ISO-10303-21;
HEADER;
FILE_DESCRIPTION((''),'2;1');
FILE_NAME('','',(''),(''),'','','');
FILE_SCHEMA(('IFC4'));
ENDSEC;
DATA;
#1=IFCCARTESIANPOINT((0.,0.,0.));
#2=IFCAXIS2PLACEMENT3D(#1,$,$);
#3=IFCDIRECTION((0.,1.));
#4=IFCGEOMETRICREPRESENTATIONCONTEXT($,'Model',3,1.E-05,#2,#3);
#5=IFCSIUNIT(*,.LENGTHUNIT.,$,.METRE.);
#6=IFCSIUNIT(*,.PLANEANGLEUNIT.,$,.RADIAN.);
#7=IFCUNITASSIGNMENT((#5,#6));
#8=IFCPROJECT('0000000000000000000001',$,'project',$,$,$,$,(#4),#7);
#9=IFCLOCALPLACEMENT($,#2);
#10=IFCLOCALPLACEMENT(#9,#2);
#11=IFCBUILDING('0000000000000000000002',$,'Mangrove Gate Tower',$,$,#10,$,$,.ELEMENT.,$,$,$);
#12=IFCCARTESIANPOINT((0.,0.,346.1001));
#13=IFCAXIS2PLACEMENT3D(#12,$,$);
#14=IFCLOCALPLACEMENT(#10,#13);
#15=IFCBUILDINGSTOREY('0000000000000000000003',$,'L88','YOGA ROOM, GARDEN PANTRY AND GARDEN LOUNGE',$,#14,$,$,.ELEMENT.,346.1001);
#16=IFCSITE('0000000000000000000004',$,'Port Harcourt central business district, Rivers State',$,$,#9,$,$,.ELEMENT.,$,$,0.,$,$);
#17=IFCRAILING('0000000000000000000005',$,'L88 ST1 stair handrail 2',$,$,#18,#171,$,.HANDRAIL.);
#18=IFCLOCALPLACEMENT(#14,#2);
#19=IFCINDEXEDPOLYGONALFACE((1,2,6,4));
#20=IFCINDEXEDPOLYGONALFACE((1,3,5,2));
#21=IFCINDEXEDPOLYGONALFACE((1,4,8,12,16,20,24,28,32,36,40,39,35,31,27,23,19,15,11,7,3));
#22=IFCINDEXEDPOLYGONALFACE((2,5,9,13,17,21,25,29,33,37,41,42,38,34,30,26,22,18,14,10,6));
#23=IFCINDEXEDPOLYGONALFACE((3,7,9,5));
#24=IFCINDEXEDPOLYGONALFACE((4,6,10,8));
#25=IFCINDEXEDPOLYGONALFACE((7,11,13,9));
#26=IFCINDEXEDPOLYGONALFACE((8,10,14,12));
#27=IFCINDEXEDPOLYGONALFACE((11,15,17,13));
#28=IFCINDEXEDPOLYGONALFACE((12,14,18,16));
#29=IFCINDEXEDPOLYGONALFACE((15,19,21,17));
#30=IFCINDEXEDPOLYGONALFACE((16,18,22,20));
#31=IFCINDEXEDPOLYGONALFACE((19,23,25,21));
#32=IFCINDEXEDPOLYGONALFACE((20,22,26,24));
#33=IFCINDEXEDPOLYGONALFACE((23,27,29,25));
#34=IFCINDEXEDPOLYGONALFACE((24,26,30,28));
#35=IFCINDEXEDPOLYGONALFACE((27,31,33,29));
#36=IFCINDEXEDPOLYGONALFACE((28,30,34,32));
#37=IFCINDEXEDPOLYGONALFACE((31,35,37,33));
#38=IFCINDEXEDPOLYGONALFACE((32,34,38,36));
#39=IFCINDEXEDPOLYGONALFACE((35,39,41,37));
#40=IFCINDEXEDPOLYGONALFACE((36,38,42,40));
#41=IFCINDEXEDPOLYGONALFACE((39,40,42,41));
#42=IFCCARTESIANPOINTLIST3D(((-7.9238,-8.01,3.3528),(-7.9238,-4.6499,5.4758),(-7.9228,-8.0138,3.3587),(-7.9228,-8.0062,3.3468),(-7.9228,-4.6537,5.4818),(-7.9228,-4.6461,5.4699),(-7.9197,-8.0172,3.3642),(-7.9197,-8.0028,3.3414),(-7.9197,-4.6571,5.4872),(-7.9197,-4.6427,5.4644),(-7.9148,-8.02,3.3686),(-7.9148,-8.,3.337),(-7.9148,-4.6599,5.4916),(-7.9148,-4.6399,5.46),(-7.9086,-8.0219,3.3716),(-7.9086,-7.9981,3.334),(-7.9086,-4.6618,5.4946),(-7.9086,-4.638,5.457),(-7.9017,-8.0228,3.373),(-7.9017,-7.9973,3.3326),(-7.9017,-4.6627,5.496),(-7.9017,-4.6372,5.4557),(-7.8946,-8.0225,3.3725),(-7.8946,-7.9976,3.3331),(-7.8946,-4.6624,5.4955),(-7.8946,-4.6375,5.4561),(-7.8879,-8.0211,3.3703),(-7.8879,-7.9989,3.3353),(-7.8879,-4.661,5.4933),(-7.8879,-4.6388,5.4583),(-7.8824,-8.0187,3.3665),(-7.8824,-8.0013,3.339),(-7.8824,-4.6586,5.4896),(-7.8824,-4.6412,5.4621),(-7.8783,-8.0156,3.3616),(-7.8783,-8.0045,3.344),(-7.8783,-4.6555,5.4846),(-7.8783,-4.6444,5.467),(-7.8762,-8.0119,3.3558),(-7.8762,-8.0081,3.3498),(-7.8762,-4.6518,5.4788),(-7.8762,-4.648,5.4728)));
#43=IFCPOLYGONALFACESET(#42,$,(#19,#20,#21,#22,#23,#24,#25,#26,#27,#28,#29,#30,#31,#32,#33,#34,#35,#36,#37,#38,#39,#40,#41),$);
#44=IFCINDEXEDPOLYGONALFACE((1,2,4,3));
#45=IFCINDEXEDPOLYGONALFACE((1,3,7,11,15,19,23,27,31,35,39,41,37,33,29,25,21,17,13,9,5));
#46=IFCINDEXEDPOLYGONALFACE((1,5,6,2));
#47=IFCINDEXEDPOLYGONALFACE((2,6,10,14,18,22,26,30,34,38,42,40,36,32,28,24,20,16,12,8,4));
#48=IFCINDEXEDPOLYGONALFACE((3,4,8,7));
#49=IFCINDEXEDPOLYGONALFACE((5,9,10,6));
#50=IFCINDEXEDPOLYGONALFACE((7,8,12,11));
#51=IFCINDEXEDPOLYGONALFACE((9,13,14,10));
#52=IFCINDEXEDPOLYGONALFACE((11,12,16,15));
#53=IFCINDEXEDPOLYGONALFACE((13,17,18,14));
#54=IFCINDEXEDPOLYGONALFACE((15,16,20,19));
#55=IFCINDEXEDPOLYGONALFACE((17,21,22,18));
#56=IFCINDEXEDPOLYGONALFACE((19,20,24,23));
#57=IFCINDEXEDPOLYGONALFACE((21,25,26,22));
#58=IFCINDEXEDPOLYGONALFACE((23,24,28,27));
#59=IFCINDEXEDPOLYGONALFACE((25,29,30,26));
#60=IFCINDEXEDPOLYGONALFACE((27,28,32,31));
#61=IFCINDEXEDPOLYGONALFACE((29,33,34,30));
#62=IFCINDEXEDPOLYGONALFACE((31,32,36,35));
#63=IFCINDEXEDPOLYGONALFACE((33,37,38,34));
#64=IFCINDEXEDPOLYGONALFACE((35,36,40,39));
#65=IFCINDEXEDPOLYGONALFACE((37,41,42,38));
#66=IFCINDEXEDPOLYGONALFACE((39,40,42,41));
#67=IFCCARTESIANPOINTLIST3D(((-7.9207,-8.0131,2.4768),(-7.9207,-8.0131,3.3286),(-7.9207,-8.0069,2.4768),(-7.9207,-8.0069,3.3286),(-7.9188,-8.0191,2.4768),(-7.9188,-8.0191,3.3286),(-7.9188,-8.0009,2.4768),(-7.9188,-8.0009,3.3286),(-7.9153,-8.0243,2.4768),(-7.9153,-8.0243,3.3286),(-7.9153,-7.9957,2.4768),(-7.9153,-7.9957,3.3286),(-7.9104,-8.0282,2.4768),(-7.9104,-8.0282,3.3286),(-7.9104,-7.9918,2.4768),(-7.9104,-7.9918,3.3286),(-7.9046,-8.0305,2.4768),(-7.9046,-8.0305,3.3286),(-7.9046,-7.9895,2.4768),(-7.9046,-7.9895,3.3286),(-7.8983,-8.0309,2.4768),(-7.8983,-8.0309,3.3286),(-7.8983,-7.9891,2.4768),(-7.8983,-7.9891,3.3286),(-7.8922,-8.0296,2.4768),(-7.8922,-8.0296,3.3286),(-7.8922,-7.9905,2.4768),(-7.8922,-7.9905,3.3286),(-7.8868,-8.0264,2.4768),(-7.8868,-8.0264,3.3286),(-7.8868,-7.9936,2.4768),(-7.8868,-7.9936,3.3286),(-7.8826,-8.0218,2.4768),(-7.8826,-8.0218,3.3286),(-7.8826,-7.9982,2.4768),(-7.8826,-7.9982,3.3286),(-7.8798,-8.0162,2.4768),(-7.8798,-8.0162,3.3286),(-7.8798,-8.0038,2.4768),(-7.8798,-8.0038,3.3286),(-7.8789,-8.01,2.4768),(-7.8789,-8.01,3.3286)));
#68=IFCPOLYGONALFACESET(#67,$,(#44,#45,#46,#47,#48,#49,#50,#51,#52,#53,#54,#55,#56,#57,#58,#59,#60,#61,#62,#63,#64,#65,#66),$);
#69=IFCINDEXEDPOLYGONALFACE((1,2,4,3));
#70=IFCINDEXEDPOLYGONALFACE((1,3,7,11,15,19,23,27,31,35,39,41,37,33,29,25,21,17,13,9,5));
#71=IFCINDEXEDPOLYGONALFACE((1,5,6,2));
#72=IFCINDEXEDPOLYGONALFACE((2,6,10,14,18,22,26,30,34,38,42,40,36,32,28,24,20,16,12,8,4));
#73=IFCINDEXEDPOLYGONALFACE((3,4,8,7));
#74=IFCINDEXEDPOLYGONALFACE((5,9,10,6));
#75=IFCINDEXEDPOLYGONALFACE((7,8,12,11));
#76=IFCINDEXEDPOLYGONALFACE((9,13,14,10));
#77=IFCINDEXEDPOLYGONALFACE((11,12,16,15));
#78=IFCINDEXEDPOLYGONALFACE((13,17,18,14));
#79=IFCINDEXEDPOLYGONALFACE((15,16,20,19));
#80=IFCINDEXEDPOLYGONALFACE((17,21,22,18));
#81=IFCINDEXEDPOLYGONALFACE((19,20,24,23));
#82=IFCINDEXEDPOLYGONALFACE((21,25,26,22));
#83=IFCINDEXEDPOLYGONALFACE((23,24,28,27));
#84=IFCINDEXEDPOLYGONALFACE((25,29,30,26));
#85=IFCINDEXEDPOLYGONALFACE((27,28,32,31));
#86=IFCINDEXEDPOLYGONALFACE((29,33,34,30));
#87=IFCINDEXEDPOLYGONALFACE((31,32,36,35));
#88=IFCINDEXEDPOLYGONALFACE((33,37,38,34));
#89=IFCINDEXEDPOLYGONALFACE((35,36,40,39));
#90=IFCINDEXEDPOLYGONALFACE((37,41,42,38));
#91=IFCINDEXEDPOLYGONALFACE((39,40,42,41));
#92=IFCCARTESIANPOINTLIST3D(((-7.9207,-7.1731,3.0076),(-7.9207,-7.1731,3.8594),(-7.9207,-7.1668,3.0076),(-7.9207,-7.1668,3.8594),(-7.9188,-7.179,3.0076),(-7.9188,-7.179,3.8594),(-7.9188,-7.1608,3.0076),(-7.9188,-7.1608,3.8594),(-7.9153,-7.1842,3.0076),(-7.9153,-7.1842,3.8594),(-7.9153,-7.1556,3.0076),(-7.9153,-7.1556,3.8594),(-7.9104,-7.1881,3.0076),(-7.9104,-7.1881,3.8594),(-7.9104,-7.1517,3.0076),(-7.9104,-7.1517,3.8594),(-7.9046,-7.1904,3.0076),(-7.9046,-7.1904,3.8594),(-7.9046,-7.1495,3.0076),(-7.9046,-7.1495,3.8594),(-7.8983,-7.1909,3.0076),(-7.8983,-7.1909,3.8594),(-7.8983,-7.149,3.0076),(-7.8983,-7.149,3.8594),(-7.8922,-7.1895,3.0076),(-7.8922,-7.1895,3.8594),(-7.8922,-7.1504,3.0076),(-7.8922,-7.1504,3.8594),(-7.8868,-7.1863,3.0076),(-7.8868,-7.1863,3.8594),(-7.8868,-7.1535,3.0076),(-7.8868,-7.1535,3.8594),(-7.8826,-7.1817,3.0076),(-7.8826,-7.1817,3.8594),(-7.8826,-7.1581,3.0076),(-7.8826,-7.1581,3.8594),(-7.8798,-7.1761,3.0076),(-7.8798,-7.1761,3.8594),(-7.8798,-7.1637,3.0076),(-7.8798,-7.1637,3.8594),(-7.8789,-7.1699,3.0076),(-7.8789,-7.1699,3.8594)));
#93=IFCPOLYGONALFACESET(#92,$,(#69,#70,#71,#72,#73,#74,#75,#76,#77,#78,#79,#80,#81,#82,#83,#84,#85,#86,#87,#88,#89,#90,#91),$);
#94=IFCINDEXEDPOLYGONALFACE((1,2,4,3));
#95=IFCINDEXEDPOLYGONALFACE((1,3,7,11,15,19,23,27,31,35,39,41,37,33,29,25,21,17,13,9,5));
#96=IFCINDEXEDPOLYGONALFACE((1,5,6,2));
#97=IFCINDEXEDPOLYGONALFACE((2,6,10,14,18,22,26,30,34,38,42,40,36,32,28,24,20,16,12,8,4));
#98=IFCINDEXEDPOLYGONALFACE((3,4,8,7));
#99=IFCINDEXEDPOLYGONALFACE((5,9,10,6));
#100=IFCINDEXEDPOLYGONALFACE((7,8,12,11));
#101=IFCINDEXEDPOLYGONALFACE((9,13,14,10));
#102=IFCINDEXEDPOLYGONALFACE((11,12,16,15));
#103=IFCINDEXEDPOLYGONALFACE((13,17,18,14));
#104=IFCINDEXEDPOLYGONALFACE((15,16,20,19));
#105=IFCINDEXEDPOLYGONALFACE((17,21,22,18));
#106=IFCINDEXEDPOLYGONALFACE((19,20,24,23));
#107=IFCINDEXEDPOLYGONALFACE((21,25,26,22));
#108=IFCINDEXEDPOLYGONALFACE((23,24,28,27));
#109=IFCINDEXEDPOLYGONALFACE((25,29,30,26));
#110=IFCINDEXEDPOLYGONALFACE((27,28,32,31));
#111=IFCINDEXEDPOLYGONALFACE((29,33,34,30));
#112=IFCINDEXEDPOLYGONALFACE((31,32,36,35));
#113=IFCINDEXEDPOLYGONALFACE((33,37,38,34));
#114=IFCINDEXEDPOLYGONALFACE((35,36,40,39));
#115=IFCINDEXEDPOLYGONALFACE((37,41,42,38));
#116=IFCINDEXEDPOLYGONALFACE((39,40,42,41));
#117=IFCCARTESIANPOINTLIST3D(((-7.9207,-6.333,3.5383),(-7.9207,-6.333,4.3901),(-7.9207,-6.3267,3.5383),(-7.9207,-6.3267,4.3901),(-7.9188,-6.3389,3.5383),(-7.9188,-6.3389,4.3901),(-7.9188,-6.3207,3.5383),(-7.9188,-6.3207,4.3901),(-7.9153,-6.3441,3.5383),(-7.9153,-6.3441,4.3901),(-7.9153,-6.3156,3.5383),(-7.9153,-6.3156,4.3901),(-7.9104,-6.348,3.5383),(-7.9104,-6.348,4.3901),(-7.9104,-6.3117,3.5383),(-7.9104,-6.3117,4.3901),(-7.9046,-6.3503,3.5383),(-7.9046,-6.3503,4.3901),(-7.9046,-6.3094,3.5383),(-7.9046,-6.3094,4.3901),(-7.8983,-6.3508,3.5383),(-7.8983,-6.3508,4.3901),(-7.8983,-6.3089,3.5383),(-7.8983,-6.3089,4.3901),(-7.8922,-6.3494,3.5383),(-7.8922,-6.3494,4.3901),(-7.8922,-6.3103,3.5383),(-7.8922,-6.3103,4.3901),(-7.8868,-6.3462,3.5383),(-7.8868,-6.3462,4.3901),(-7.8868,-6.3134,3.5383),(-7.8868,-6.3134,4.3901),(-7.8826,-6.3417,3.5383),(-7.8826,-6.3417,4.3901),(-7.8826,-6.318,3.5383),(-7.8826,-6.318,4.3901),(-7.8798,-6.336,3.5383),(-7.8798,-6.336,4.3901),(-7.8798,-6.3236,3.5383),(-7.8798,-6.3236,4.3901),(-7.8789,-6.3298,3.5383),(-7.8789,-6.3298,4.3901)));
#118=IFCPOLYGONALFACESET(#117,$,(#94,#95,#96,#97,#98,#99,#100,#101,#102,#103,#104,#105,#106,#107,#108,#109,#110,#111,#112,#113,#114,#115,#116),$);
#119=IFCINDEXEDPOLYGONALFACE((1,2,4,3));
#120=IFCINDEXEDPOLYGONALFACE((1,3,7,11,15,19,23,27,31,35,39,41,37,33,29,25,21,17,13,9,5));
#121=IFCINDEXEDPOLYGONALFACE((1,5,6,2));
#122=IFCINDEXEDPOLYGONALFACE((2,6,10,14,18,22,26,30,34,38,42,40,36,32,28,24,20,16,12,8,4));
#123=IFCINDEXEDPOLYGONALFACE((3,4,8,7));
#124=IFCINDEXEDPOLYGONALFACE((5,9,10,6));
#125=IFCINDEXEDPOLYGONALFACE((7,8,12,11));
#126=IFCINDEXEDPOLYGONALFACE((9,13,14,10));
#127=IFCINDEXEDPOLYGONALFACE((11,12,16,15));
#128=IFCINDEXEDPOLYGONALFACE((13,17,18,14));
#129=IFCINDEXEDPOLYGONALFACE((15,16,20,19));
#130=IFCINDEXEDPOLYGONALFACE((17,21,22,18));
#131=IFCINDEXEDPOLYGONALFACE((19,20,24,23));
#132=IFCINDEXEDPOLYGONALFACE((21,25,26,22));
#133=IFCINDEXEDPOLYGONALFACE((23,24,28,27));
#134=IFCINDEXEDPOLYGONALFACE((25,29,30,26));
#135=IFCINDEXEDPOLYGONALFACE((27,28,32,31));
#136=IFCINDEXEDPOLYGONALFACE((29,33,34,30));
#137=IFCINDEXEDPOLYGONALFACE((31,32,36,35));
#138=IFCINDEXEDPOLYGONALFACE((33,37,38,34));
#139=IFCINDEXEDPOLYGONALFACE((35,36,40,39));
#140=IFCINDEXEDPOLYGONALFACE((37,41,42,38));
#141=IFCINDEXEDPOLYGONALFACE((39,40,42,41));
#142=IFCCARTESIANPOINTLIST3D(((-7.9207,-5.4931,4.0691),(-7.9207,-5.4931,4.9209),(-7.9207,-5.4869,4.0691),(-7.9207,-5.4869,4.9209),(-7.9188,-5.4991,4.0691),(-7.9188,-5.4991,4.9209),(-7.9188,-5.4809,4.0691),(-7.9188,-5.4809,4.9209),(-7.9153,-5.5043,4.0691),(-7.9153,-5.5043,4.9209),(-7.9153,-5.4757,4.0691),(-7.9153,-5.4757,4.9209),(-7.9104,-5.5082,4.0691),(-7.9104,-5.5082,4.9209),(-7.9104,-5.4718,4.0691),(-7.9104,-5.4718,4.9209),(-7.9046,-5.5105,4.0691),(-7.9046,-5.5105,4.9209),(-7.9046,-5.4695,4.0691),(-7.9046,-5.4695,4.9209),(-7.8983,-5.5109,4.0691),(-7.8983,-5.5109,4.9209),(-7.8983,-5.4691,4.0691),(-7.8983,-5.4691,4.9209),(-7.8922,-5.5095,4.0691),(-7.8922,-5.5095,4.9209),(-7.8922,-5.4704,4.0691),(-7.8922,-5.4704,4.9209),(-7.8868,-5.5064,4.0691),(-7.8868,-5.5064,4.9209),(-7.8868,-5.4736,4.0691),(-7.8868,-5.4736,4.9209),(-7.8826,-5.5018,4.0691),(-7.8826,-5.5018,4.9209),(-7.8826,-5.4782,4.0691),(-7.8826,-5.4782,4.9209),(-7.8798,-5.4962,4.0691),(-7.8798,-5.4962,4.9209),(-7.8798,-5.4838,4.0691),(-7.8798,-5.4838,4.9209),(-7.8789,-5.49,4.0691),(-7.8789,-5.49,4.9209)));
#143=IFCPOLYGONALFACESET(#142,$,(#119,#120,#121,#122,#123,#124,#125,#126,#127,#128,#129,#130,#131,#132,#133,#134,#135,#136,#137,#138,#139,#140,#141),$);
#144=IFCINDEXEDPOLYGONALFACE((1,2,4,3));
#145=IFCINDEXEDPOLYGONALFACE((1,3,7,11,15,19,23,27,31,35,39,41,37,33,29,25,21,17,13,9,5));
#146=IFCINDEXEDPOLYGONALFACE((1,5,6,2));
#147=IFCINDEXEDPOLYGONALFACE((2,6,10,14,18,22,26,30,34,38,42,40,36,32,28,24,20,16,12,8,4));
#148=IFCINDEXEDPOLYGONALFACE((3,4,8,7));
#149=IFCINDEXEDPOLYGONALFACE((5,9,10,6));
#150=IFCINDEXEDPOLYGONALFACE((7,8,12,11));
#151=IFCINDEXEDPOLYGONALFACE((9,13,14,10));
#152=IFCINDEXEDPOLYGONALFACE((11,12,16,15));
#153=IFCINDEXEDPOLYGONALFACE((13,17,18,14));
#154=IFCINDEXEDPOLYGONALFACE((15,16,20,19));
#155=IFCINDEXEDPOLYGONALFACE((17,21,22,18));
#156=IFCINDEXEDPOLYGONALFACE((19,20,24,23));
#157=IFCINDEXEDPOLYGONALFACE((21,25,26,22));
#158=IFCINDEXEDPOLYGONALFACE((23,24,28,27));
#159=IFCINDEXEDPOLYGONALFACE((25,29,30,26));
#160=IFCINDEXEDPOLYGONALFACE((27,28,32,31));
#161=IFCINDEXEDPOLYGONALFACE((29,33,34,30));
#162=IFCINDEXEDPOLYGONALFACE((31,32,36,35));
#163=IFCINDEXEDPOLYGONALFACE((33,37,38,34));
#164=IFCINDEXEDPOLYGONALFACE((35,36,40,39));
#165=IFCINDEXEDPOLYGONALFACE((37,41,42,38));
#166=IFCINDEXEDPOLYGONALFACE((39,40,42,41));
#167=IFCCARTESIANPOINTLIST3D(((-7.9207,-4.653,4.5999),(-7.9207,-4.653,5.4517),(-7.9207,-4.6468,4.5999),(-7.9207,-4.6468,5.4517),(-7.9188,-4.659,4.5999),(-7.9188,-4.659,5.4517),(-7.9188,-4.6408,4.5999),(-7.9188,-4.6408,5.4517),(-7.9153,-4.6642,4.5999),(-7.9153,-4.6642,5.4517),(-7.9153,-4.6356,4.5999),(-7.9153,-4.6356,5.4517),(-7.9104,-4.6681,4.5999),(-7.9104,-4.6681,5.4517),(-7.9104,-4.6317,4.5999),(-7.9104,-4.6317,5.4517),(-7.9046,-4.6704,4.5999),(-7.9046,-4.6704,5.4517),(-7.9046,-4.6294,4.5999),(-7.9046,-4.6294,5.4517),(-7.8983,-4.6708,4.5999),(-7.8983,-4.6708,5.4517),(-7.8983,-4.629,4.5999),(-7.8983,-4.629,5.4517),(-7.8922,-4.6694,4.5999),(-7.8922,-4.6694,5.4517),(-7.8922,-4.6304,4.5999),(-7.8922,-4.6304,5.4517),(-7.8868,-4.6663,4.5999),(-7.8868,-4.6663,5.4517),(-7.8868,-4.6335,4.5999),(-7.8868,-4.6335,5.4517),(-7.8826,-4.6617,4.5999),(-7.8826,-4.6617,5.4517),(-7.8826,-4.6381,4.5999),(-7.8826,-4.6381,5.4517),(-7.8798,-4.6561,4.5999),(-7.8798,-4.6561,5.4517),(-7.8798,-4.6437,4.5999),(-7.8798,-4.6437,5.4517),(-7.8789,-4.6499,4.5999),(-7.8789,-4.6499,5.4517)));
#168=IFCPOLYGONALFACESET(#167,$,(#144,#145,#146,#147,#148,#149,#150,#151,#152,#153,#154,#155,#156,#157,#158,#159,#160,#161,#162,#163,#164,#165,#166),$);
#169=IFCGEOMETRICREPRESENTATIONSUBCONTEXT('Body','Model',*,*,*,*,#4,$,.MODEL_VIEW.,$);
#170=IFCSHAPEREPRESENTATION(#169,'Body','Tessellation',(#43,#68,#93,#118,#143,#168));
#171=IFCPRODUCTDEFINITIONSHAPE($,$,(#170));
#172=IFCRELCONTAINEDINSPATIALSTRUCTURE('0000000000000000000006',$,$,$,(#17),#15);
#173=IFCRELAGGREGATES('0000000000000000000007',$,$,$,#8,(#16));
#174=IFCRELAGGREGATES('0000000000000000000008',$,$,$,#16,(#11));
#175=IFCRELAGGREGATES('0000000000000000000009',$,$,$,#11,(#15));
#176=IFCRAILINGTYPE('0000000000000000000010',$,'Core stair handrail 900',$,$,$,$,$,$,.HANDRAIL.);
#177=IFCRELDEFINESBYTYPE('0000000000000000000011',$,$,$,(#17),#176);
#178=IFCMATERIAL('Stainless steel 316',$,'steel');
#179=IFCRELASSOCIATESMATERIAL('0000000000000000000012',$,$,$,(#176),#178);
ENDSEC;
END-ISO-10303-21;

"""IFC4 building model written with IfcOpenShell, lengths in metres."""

from ifc_helpers import new_model, si_unit, direction, frame, origin, origin_2d, place, context, subcontext, project, spatial, circle, extrude, material, type_object, element, save


model = new_model("IFC4")

# Units and contexts
model_context = context("Model", 3, precision=1e-05, world=origin(), true_north=direction((0.0, 1.0)))
body_context = subcontext(model_context, "Body", "Model", "MODEL_VIEW")
ifc_project = project(units=[si_unit("LENGTHUNIT", "METRE"), si_unit("PLANEANGLEUNIT", "RADIAN")], contexts=[model_context])

# Site, building, storey
site_placement = place(None, origin())
site = spatial("IfcSite", under=ifc_project, at=site_placement, Name="Port Harcourt central business district, Rivers State", CompositionType="ELEMENT", RefElevation=0.0)
building_placement = place(site_placement, origin())
building = spatial("IfcBuilding", under=site, at=building_placement, Name="Mangrove Gate Tower", CompositionType="ELEMENT")
storey_placement = place(building_placement, frame((0.0, 0.0, 346.1001)))
storey = spatial("IfcBuildingStorey", under=building, at=storey_placement, Name="L88", Description="YOGA ROOM, GARDEN PANTRY AND GARDEN LOUNGE", CompositionType="ELEMENT", Elevation=346.1001)

# Railing
ifc_material_1 = material(Name="Stainless steel 316", Category="steel")
railing_type_1 = type_object("IfcRailingType", Name="Core stair handrail 900", PredefinedType="HANDRAIL", material=ifc_material_1)
railing_1_placement = place(storey_placement, frame((-7.8999, -8.01, 2.4768)))
element("IfcRailing", 1, at=railing_1_placement, inside=storey, type_object=railing_type_1, Name="L88 ST1 stair handrail 2", PredefinedType="HANDRAIL", context=body_context, shape_type="SweptSolid", body=[
    extrude(circle(Radius=0.0239, at=origin_2d()), frame((0.0, 0.0, 0.876), z_axis=(0.0, 0.84539, 0.53415), x_axis=(-1.0, 0.0, 0.0)), (0.0, 0.0, 1.0), 3.9746),
    extrude(circle(Radius=0.021, at=origin_2d()), origin(), (0.0, 0.0, 1.0), 0.8518),
    extrude(circle(Radius=0.021, at=origin_2d()), frame((0.0, 0.8401, 0.5308)), (0.0, 0.0, 1.0), 0.8518),
    extrude(circle(Radius=0.021, at=origin_2d()), frame((0.0, 1.6802, 1.0615)), (0.0, 0.0, 1.0), 0.8518),
    extrude(circle(Radius=0.021, at=origin_2d()), frame((0.0, 2.52, 1.5923)), (0.0, 0.0, 1.0), 0.8518),
    extrude(circle(Radius=0.021, at=origin_2d()), frame((0.0, 3.3601, 2.123)), (0.0, 0.0, 1.0), 0.8518),
])

save(model, "model.ifc")
